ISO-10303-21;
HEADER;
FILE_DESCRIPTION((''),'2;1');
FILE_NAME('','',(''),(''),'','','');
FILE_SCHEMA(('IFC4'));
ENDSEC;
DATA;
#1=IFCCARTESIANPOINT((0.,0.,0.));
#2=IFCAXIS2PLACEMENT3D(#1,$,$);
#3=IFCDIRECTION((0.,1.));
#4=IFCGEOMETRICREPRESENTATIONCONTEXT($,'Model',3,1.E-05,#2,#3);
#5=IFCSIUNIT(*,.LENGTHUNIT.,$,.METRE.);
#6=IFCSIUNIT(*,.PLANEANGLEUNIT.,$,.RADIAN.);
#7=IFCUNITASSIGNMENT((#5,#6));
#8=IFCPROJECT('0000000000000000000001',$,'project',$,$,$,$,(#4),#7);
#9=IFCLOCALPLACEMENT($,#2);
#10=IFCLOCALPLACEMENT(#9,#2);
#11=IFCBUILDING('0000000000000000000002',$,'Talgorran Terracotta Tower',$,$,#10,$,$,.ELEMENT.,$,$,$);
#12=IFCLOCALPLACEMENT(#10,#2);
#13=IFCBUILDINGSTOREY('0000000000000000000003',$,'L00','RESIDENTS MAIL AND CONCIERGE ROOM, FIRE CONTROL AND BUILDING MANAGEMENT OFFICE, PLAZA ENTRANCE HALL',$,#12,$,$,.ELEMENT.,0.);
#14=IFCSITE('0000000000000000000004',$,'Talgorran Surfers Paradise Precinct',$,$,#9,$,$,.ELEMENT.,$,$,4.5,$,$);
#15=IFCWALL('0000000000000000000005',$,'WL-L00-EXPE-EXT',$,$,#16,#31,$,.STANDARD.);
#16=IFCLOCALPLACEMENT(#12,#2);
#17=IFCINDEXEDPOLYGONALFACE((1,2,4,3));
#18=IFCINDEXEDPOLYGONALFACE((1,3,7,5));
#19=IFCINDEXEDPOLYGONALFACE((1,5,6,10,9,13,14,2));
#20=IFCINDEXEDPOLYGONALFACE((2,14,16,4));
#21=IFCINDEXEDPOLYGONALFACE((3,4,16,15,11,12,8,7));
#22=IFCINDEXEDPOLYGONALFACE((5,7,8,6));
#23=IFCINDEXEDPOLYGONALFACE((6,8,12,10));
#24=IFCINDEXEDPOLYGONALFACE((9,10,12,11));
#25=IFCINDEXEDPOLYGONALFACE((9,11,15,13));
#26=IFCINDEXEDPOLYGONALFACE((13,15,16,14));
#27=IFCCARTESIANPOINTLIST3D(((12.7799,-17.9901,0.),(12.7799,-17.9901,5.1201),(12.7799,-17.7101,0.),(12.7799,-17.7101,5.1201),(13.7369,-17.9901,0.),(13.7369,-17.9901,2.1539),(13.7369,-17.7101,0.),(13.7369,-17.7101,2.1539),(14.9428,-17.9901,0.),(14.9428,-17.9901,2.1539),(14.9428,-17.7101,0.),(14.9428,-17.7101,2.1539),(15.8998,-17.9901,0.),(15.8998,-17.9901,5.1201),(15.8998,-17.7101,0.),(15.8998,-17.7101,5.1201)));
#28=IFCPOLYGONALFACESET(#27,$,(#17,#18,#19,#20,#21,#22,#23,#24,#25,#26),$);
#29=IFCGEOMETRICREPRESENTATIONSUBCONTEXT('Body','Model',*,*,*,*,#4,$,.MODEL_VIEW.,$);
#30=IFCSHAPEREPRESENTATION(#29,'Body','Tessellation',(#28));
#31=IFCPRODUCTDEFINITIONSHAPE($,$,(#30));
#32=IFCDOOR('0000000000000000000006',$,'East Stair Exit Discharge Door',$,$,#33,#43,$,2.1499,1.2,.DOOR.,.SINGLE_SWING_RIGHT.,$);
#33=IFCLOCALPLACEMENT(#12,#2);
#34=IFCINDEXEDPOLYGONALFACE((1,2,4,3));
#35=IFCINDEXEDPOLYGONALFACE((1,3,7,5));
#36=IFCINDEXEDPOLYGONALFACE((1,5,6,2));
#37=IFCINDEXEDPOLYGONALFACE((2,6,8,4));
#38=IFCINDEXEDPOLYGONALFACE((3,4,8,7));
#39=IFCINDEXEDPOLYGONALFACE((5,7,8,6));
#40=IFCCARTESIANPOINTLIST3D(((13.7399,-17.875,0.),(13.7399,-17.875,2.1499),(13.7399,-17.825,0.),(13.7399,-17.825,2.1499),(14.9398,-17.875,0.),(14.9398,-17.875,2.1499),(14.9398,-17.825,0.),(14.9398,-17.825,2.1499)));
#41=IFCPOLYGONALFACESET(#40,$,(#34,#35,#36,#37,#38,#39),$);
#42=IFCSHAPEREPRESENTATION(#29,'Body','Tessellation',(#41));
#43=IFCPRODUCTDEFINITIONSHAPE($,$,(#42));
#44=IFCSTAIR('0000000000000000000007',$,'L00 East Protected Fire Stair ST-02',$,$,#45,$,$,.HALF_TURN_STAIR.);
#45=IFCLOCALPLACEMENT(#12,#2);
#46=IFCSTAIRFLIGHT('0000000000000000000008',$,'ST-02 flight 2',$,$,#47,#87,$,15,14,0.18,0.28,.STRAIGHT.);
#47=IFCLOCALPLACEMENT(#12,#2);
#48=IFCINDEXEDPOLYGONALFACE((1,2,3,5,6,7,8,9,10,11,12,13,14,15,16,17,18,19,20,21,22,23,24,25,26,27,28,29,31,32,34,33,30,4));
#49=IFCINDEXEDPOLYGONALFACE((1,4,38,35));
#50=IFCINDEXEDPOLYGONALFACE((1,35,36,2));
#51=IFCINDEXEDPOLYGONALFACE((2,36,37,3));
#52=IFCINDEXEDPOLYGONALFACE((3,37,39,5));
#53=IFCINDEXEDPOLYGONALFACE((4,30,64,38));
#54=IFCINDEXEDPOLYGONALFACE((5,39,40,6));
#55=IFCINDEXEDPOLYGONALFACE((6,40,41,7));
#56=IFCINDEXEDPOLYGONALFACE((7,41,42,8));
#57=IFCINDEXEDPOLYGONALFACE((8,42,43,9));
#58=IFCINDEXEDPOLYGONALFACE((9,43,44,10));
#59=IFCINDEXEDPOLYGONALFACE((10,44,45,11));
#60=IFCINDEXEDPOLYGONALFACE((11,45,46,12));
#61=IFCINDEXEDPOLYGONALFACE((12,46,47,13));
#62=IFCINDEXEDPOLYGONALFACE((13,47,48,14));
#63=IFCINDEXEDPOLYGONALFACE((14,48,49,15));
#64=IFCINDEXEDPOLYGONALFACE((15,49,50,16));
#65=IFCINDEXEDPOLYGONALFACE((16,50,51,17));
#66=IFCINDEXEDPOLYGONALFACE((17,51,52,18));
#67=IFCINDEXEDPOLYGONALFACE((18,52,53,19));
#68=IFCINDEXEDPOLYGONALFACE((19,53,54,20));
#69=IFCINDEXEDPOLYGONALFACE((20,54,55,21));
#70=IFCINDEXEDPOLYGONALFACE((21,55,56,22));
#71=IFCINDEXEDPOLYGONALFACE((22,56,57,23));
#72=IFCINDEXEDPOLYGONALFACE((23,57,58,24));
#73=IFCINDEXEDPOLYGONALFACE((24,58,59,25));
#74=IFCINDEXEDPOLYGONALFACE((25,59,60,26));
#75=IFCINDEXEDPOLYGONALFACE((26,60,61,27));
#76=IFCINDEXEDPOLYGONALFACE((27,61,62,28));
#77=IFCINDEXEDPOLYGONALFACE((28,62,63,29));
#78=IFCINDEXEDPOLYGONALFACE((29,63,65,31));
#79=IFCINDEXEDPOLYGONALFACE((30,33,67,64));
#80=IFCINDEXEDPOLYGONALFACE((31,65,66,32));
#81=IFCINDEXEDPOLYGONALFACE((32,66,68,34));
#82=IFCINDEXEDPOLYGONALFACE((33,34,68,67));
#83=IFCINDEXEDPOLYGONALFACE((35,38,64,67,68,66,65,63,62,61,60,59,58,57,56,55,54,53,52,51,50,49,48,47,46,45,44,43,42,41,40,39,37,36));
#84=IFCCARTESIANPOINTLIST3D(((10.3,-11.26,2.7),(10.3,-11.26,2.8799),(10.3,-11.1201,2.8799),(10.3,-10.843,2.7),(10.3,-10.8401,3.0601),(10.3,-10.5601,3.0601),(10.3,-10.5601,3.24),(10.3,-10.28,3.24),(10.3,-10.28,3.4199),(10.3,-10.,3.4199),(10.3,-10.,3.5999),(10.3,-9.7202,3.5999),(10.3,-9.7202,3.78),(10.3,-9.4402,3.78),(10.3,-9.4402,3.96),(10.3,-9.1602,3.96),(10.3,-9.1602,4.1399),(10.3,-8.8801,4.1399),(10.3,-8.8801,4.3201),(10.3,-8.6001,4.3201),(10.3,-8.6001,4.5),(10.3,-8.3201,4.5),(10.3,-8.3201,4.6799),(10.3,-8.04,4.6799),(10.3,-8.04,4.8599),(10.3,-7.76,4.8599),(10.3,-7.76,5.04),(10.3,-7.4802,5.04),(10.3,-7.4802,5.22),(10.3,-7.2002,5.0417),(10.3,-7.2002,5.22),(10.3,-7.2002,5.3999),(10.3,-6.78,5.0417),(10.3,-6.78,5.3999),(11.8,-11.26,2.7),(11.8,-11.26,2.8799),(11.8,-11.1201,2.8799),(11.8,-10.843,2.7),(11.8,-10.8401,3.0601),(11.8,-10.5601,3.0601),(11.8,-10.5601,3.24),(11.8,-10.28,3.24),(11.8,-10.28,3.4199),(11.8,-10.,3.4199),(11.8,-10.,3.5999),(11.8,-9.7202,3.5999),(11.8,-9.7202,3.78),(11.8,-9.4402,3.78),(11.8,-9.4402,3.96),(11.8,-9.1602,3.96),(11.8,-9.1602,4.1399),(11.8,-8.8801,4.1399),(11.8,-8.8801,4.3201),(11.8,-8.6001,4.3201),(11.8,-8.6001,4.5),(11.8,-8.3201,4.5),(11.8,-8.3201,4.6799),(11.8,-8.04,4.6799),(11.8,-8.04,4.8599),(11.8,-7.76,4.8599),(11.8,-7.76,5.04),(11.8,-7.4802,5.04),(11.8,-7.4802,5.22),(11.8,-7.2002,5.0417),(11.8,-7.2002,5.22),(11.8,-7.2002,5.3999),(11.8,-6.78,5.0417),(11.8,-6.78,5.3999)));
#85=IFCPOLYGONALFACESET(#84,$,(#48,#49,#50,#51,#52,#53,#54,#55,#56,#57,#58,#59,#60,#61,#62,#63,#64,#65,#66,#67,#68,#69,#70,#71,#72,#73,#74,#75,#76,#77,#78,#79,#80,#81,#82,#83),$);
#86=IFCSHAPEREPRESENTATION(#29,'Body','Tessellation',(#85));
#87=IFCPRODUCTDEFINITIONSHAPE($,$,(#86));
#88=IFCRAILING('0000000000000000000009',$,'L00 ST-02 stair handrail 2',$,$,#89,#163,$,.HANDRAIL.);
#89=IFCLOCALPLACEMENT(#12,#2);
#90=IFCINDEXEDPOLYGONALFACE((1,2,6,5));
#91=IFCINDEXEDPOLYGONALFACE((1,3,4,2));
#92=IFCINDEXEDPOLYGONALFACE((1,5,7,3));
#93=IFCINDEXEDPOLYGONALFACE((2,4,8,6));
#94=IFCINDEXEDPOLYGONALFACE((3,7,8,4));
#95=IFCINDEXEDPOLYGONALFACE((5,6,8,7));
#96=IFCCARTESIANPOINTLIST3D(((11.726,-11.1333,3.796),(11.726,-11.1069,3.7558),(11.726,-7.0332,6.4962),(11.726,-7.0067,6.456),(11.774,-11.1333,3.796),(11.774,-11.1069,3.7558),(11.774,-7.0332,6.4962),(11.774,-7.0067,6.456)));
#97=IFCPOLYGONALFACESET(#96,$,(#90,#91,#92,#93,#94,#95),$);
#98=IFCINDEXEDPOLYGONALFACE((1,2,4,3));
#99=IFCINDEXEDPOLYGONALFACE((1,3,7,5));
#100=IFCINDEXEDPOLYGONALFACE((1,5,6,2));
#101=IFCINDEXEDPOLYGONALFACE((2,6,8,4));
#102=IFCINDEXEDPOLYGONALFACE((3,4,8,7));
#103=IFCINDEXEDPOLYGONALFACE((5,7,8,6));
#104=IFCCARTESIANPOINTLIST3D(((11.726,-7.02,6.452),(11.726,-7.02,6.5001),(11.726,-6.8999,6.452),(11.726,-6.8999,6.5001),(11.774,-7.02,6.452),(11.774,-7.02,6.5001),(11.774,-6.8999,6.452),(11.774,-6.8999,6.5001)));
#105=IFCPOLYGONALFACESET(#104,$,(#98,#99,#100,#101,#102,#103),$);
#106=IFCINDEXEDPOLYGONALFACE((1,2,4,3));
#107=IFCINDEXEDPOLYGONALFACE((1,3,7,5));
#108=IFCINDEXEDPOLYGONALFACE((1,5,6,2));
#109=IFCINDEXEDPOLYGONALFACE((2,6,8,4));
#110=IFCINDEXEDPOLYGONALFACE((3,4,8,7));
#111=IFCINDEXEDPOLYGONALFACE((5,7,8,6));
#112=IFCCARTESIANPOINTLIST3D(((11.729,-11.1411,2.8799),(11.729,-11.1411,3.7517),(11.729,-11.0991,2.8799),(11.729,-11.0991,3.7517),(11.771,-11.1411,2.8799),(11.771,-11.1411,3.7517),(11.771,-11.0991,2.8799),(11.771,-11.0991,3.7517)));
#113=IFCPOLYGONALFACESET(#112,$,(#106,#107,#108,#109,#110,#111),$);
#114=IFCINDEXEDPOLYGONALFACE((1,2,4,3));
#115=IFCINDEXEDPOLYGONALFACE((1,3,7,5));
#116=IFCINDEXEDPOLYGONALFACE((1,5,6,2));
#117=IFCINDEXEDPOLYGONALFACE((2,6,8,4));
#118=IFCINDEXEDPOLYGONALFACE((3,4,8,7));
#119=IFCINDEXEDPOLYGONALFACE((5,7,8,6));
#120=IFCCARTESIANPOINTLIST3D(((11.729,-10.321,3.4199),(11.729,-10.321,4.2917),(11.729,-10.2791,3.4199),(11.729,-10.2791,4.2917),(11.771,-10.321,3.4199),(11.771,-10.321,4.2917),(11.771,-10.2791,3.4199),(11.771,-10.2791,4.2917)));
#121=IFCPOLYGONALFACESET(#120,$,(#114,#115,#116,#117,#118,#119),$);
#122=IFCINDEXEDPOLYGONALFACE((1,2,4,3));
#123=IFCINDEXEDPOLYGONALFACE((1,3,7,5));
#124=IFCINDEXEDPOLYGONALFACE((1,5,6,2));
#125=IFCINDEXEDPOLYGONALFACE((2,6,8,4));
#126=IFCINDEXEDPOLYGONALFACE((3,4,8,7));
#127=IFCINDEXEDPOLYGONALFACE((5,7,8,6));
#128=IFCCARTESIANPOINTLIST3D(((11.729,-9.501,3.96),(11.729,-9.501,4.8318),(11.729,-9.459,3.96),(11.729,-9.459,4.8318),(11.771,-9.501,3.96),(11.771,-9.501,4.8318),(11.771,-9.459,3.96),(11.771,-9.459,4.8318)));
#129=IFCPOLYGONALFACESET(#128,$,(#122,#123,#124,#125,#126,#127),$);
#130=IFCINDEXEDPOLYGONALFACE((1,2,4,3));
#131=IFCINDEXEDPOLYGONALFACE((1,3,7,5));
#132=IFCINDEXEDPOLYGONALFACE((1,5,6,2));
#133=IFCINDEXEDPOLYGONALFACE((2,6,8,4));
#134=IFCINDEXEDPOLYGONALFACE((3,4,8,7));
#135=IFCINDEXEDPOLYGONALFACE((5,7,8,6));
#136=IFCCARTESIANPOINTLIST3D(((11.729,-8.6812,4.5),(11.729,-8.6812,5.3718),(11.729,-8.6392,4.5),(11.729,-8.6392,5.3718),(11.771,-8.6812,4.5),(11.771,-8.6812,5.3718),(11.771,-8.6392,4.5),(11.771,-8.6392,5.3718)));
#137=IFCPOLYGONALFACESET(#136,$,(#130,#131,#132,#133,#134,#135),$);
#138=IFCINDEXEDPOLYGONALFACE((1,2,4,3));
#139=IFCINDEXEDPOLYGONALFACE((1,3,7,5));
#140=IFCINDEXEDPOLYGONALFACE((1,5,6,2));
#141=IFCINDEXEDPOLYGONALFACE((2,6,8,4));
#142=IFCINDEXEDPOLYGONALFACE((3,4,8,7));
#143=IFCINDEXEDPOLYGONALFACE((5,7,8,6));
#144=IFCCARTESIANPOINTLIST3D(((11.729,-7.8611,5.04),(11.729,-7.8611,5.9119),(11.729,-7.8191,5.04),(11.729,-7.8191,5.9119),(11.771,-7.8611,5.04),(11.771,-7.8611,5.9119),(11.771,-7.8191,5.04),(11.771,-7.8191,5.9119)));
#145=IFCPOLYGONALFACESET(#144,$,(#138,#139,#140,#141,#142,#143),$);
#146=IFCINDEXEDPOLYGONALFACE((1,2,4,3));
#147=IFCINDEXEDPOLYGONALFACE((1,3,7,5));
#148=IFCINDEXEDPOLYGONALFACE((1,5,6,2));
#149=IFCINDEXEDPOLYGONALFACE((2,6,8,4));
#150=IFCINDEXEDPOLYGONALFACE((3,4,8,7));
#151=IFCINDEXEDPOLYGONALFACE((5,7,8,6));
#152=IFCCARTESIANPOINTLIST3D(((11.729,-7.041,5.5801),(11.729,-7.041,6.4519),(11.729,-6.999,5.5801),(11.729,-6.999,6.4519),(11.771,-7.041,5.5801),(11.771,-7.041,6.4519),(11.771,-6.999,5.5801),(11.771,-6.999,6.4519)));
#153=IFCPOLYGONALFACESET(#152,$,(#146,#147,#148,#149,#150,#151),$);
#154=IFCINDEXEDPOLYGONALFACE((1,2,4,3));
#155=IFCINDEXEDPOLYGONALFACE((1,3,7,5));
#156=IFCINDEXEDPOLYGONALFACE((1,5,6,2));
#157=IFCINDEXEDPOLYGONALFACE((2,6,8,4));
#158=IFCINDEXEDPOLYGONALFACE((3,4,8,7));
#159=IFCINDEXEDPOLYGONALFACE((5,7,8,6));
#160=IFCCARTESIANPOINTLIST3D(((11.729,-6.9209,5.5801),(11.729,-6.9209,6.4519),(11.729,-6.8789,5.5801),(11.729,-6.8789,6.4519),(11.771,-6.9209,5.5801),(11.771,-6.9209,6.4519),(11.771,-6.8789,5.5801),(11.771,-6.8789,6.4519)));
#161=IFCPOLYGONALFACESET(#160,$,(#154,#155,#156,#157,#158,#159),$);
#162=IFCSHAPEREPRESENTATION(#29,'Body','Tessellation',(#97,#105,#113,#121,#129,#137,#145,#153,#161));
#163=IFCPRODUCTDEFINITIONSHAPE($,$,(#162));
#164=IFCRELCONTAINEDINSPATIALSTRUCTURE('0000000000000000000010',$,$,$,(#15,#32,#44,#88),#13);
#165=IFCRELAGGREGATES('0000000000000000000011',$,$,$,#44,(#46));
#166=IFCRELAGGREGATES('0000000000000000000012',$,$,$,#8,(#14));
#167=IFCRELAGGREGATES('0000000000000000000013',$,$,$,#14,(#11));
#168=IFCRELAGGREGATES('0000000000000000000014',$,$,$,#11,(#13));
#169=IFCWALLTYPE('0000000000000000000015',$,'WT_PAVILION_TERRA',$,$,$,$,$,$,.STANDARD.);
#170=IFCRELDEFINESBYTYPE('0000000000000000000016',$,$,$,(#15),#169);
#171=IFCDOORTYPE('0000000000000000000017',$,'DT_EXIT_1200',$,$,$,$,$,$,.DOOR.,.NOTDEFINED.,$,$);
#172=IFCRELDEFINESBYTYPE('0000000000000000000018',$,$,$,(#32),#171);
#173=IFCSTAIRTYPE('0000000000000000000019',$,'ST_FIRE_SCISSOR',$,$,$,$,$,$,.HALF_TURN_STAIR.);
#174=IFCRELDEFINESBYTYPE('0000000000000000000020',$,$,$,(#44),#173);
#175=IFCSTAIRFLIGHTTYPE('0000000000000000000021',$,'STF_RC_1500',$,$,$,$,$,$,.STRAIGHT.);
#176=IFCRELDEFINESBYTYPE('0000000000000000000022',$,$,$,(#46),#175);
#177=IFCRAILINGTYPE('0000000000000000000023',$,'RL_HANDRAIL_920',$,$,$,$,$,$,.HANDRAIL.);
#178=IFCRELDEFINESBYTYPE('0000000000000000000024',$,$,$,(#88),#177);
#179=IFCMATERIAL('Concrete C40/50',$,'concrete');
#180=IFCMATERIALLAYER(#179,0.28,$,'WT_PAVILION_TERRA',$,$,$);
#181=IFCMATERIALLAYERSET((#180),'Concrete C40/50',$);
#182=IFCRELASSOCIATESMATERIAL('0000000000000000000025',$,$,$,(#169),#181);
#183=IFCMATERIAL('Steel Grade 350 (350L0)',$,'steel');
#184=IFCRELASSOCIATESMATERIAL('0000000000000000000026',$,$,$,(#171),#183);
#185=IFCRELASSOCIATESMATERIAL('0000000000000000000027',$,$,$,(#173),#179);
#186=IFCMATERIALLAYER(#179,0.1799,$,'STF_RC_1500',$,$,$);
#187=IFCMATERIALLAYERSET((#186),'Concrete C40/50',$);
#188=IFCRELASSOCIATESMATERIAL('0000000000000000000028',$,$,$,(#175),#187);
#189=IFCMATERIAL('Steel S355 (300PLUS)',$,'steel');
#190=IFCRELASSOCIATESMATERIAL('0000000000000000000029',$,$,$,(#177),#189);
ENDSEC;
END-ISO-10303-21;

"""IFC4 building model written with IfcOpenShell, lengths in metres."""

from ifc_helpers import new_model, si_unit, direction, frame, frame_2d, origin, origin_2d, place, context, subcontext, project, spatial, polyline, rectangle, outline, extrude, material, layer, layer_set, type_object, element, fill, aggregate, save


model = new_model("IFC4")

# Units and contexts
model_context = context("Model", 3, precision=1e-05, world=origin(), true_north=direction((0.0, 1.0)))
body_context = subcontext(model_context, "Body", "Model", "MODEL_VIEW")
ifc_project = project(units=[si_unit("LENGTHUNIT", "METRE"), si_unit("PLANEANGLEUNIT", "RADIAN")], contexts=[model_context])

# Site, building, storey
site_placement = place(None, origin())
site = spatial("IfcSite", under=ifc_project, at=site_placement, Name="Talgorran Surfers Paradise Precinct", CompositionType="ELEMENT", RefElevation=4.5)
building_placement = place(site_placement, origin())
building = spatial("IfcBuilding", under=site, at=building_placement, Name="Talgorran Terracotta Tower", CompositionType="ELEMENT")
storey_placement = place(building_placement, origin())
storey = spatial("IfcBuildingStorey", under=building, at=storey_placement, Name="L00", Description="RESIDENTS MAIL AND CONCIERGE ROOM, FIRE CONTROL AND BUILDING MANAGEMENT OFFICE, PLAZA ENTRANCE HALL", CompositionType="ELEMENT", Elevation=0.0)

# Shared definitions
ifc_material_1 = material(Name="Steel S355 (300PLUS)", Category="steel")
ifc_material_2 = material(Name="Steel Grade 350 (350L0)", Category="steel")

# Shared definitions
ifc_material_3 = material(Name="Concrete C40/50", Category="concrete")
ifc_layer_1 = layer(ifc_material_3, 0.28, Name="WT_PAVILION_TERRA")
ifc_layer_set_1 = layer_set([ifc_layer_1], Name="Concrete C40/50")
wall_type_1 = type_object("IfcWallType", Name="WT_PAVILION_TERRA", PredefinedType="STANDARD", material=ifc_layer_set_1)

# Wall, opening, door
door_type_1 = type_object("IfcDoorType", Name="DT_EXIT_1200", OperationType="NOTDEFINED", PredefinedType="DOOR", material=ifc_material_2)
wall_1_placement = place(storey_placement, frame((15.8999, -17.8501, 0.0), z_axis=(0.0, 0.0, 1.0), x_axis=(-1.0, 0.0, 0.0)))
wall_1 = element("IfcWall", 1, at=wall_1_placement, inside=storey, type_object=wall_type_1, Name="WL-L00-EXPE-EXT", PredefinedType="STANDARD", context=body_context, shape_type="SweptSolid", body=[
    extrude(rectangle(XDim=3.1199, YDim=0.28, at=frame_2d((1.5601, 0.0))), origin(), (0.0, 0.0, 1.0), 5.1201),
])
opening_1_placement = place(wall_1_placement, frame((0.96, 0.0, 0.0)))
opening_1 = element("IfcOpeningElement", 2, at=opening_1_placement, cuts=wall_1, PredefinedType="OPENING", context=body_context, shape_type="SweptSolid", body=[
    extrude(rectangle(XDim=1.206, YDim=2.1539, at=frame_2d((0.6001, 1.0769))), frame((0.0, 0.1499, 0.0), z_axis=(0.0, -1.0, 0.0), x_axis=(1.0, 0.0, 0.0)), (0.0, 0.0, 1.0), 0.3),
])
door_1_placement = place(opening_1_placement, origin())
door_1 = element("IfcDoor", 3, at=door_1_placement, inside=storey, type_object=door_type_1, Name="East Stair Exit Discharge Door", OperationType="SINGLE_SWING_RIGHT", OverallHeight=2.1499, OverallWidth=1.2, PredefinedType="DOOR", context=body_context, shape_type="SweptSolid", body=[
    extrude(rectangle(XDim=1.2, YDim=2.1499, at=frame_2d((0.6001, 1.075))), frame((0.0, 0.0249, 0.0), z_axis=(0.0, -1.0, 0.0), x_axis=(1.0, 0.0, 0.0)), (0.0, 0.0, 1.0), 0.05),
])
fill(opening_1, door_1)

# Stair, stair flight
stair_type = type_object("IfcStairType", Name="ST_FIRE_SCISSOR", PredefinedType="HALF_TURN_STAIR", material=ifc_material_3)
stair_placement = place(storey_placement, origin())
stair = element("IfcStair", 4, at=stair_placement, inside=storey, type_object=stair_type, Name="L00 East Protected Fire Stair ST-02", PredefinedType="HALF_TURN_STAIR")
ifc_layer_2 = layer(ifc_material_3, 0.1799, Name="STF_RC_1500")
ifc_layer_set_2 = layer_set([ifc_layer_2], Name="Concrete C40/50")
stair_flight_type = type_object("IfcStairFlightType", Name="STF_RC_1500", PredefinedType="STRAIGHT", material=ifc_layer_set_2)
stair_flight_placement = place(storey_placement, frame((11.05, -11.1201, 2.7), z_axis=(0.0, 0.0, 1.0), x_axis=(0.0, 1.0, 0.0)))
stair_flight = element("IfcStairFlight", 5, at=stair_flight_placement, type_object=stair_flight_type, Name="ST-02 flight 2", NumberOfRisers=15, NumberOfTreads=14, PredefinedType="STRAIGHT", RiserHeight=0.18, TreadLength=0.28, context=body_context, shape_type="SweptSolid", body=[
    extrude(outline(polyline([(-0.1399, 0.0), (-0.1399, 0.1799), (0.0, 0.1799), (0.28, 0.3601), (0.5601, 0.3601), (0.5601, 0.54), (0.8401, 0.54), (0.8401, 0.72), (1.1201, 0.72), (1.1201, 0.8999), (1.3999, 0.8999), (1.3999, 1.0801), (1.6799, 1.0801), (1.6799, 1.26), (1.96, 1.26), (1.96, 1.4399), (2.24, 1.4399), (2.24, 1.6201), (2.52, 1.6201), (2.52, 1.8), (2.8, 1.8), (2.8, 1.98), (3.0801, 1.98), (3.0801, 2.1599), (3.3601, 2.1599), (3.3601, 2.3401), (3.6399, 2.3401), (3.6399, 2.52), (3.9199, 2.52), (3.9199, 2.7), (4.3401, 2.7), (4.3401, 2.3418), (3.9199, 2.3418), (0.2771, 0.0), (-0.1399, 0.0)])), frame((0.0, 0.75, 0.0), z_axis=(0.0, -1.0, 0.0), x_axis=(1.0, 0.0, 0.0)), (0.0, 0.0, 1.0), 1.5),
])
aggregate(stair, [stair_flight])

# Railing
railing_type = type_object("IfcRailingType", Name="RL_HANDRAIL_920", PredefinedType="HANDRAIL", material=ifc_material_1)
railing_placement = place(storey_placement, frame((11.75, -11.1201, 2.8799)))
element("IfcRailing", 6, at=railing_placement, inside=storey, type_object=railing_type, Name="L00 ST-02 stair handrail 2", PredefinedType="HANDRAIL", context=body_context, shape_type="SweptSolid", body=[
    extrude(rectangle(XDim=0.0481, YDim=0.0481, at=origin_2d()), frame((0.0, 0.0, 0.896), z_axis=(0.0, 0.835159, 0.550009), x_axis=(-1.0, 0.0, 0.0)), (0.0, 0.0, 1.0), 4.9094),
    extrude(rectangle(XDim=0.0481, YDim=0.0481, at=origin_2d()), frame((0.0, 4.1001, 3.5962), z_axis=(0.0, 1.0, 0.0), x_axis=(-1.0, 0.0, 0.0)), (0.0, 0.0, 1.0), 0.1201),
    extrude(rectangle(XDim=0.042, YDim=0.042, at=origin_2d()), origin(), (0.0, 0.0, 1.0), 0.8718),
    extrude(rectangle(XDim=0.042, YDim=0.042, at=origin_2d()), frame((0.0, 0.8201, 0.54)), (0.0, 0.0, 1.0), 0.8718),
    extrude(rectangle(XDim=0.042, YDim=0.042, at=origin_2d()), frame((0.0, 1.6401, 1.0801)), (0.0, 0.0, 1.0), 0.8718),
    extrude(rectangle(XDim=0.042, YDim=0.042, at=origin_2d()), frame((0.0, 2.46, 1.6201)), (0.0, 0.0, 1.0), 0.8718),
    extrude(rectangle(XDim=0.042, YDim=0.042, at=origin_2d()), frame((0.0, 3.28, 2.1602)), (0.0, 0.0, 1.0), 0.8718),
    extrude(rectangle(XDim=0.042, YDim=0.042, at=origin_2d()), frame((0.0, 4.1001, 2.7002)), (0.0, 0.0, 1.0), 0.8718),
    extrude(rectangle(XDim=0.042, YDim=0.042, at=origin_2d()), frame((0.0, 4.2202, 2.7002)), (0.0, 0.0, 1.0), 0.8718),
])

save(model, "model.ifc")
